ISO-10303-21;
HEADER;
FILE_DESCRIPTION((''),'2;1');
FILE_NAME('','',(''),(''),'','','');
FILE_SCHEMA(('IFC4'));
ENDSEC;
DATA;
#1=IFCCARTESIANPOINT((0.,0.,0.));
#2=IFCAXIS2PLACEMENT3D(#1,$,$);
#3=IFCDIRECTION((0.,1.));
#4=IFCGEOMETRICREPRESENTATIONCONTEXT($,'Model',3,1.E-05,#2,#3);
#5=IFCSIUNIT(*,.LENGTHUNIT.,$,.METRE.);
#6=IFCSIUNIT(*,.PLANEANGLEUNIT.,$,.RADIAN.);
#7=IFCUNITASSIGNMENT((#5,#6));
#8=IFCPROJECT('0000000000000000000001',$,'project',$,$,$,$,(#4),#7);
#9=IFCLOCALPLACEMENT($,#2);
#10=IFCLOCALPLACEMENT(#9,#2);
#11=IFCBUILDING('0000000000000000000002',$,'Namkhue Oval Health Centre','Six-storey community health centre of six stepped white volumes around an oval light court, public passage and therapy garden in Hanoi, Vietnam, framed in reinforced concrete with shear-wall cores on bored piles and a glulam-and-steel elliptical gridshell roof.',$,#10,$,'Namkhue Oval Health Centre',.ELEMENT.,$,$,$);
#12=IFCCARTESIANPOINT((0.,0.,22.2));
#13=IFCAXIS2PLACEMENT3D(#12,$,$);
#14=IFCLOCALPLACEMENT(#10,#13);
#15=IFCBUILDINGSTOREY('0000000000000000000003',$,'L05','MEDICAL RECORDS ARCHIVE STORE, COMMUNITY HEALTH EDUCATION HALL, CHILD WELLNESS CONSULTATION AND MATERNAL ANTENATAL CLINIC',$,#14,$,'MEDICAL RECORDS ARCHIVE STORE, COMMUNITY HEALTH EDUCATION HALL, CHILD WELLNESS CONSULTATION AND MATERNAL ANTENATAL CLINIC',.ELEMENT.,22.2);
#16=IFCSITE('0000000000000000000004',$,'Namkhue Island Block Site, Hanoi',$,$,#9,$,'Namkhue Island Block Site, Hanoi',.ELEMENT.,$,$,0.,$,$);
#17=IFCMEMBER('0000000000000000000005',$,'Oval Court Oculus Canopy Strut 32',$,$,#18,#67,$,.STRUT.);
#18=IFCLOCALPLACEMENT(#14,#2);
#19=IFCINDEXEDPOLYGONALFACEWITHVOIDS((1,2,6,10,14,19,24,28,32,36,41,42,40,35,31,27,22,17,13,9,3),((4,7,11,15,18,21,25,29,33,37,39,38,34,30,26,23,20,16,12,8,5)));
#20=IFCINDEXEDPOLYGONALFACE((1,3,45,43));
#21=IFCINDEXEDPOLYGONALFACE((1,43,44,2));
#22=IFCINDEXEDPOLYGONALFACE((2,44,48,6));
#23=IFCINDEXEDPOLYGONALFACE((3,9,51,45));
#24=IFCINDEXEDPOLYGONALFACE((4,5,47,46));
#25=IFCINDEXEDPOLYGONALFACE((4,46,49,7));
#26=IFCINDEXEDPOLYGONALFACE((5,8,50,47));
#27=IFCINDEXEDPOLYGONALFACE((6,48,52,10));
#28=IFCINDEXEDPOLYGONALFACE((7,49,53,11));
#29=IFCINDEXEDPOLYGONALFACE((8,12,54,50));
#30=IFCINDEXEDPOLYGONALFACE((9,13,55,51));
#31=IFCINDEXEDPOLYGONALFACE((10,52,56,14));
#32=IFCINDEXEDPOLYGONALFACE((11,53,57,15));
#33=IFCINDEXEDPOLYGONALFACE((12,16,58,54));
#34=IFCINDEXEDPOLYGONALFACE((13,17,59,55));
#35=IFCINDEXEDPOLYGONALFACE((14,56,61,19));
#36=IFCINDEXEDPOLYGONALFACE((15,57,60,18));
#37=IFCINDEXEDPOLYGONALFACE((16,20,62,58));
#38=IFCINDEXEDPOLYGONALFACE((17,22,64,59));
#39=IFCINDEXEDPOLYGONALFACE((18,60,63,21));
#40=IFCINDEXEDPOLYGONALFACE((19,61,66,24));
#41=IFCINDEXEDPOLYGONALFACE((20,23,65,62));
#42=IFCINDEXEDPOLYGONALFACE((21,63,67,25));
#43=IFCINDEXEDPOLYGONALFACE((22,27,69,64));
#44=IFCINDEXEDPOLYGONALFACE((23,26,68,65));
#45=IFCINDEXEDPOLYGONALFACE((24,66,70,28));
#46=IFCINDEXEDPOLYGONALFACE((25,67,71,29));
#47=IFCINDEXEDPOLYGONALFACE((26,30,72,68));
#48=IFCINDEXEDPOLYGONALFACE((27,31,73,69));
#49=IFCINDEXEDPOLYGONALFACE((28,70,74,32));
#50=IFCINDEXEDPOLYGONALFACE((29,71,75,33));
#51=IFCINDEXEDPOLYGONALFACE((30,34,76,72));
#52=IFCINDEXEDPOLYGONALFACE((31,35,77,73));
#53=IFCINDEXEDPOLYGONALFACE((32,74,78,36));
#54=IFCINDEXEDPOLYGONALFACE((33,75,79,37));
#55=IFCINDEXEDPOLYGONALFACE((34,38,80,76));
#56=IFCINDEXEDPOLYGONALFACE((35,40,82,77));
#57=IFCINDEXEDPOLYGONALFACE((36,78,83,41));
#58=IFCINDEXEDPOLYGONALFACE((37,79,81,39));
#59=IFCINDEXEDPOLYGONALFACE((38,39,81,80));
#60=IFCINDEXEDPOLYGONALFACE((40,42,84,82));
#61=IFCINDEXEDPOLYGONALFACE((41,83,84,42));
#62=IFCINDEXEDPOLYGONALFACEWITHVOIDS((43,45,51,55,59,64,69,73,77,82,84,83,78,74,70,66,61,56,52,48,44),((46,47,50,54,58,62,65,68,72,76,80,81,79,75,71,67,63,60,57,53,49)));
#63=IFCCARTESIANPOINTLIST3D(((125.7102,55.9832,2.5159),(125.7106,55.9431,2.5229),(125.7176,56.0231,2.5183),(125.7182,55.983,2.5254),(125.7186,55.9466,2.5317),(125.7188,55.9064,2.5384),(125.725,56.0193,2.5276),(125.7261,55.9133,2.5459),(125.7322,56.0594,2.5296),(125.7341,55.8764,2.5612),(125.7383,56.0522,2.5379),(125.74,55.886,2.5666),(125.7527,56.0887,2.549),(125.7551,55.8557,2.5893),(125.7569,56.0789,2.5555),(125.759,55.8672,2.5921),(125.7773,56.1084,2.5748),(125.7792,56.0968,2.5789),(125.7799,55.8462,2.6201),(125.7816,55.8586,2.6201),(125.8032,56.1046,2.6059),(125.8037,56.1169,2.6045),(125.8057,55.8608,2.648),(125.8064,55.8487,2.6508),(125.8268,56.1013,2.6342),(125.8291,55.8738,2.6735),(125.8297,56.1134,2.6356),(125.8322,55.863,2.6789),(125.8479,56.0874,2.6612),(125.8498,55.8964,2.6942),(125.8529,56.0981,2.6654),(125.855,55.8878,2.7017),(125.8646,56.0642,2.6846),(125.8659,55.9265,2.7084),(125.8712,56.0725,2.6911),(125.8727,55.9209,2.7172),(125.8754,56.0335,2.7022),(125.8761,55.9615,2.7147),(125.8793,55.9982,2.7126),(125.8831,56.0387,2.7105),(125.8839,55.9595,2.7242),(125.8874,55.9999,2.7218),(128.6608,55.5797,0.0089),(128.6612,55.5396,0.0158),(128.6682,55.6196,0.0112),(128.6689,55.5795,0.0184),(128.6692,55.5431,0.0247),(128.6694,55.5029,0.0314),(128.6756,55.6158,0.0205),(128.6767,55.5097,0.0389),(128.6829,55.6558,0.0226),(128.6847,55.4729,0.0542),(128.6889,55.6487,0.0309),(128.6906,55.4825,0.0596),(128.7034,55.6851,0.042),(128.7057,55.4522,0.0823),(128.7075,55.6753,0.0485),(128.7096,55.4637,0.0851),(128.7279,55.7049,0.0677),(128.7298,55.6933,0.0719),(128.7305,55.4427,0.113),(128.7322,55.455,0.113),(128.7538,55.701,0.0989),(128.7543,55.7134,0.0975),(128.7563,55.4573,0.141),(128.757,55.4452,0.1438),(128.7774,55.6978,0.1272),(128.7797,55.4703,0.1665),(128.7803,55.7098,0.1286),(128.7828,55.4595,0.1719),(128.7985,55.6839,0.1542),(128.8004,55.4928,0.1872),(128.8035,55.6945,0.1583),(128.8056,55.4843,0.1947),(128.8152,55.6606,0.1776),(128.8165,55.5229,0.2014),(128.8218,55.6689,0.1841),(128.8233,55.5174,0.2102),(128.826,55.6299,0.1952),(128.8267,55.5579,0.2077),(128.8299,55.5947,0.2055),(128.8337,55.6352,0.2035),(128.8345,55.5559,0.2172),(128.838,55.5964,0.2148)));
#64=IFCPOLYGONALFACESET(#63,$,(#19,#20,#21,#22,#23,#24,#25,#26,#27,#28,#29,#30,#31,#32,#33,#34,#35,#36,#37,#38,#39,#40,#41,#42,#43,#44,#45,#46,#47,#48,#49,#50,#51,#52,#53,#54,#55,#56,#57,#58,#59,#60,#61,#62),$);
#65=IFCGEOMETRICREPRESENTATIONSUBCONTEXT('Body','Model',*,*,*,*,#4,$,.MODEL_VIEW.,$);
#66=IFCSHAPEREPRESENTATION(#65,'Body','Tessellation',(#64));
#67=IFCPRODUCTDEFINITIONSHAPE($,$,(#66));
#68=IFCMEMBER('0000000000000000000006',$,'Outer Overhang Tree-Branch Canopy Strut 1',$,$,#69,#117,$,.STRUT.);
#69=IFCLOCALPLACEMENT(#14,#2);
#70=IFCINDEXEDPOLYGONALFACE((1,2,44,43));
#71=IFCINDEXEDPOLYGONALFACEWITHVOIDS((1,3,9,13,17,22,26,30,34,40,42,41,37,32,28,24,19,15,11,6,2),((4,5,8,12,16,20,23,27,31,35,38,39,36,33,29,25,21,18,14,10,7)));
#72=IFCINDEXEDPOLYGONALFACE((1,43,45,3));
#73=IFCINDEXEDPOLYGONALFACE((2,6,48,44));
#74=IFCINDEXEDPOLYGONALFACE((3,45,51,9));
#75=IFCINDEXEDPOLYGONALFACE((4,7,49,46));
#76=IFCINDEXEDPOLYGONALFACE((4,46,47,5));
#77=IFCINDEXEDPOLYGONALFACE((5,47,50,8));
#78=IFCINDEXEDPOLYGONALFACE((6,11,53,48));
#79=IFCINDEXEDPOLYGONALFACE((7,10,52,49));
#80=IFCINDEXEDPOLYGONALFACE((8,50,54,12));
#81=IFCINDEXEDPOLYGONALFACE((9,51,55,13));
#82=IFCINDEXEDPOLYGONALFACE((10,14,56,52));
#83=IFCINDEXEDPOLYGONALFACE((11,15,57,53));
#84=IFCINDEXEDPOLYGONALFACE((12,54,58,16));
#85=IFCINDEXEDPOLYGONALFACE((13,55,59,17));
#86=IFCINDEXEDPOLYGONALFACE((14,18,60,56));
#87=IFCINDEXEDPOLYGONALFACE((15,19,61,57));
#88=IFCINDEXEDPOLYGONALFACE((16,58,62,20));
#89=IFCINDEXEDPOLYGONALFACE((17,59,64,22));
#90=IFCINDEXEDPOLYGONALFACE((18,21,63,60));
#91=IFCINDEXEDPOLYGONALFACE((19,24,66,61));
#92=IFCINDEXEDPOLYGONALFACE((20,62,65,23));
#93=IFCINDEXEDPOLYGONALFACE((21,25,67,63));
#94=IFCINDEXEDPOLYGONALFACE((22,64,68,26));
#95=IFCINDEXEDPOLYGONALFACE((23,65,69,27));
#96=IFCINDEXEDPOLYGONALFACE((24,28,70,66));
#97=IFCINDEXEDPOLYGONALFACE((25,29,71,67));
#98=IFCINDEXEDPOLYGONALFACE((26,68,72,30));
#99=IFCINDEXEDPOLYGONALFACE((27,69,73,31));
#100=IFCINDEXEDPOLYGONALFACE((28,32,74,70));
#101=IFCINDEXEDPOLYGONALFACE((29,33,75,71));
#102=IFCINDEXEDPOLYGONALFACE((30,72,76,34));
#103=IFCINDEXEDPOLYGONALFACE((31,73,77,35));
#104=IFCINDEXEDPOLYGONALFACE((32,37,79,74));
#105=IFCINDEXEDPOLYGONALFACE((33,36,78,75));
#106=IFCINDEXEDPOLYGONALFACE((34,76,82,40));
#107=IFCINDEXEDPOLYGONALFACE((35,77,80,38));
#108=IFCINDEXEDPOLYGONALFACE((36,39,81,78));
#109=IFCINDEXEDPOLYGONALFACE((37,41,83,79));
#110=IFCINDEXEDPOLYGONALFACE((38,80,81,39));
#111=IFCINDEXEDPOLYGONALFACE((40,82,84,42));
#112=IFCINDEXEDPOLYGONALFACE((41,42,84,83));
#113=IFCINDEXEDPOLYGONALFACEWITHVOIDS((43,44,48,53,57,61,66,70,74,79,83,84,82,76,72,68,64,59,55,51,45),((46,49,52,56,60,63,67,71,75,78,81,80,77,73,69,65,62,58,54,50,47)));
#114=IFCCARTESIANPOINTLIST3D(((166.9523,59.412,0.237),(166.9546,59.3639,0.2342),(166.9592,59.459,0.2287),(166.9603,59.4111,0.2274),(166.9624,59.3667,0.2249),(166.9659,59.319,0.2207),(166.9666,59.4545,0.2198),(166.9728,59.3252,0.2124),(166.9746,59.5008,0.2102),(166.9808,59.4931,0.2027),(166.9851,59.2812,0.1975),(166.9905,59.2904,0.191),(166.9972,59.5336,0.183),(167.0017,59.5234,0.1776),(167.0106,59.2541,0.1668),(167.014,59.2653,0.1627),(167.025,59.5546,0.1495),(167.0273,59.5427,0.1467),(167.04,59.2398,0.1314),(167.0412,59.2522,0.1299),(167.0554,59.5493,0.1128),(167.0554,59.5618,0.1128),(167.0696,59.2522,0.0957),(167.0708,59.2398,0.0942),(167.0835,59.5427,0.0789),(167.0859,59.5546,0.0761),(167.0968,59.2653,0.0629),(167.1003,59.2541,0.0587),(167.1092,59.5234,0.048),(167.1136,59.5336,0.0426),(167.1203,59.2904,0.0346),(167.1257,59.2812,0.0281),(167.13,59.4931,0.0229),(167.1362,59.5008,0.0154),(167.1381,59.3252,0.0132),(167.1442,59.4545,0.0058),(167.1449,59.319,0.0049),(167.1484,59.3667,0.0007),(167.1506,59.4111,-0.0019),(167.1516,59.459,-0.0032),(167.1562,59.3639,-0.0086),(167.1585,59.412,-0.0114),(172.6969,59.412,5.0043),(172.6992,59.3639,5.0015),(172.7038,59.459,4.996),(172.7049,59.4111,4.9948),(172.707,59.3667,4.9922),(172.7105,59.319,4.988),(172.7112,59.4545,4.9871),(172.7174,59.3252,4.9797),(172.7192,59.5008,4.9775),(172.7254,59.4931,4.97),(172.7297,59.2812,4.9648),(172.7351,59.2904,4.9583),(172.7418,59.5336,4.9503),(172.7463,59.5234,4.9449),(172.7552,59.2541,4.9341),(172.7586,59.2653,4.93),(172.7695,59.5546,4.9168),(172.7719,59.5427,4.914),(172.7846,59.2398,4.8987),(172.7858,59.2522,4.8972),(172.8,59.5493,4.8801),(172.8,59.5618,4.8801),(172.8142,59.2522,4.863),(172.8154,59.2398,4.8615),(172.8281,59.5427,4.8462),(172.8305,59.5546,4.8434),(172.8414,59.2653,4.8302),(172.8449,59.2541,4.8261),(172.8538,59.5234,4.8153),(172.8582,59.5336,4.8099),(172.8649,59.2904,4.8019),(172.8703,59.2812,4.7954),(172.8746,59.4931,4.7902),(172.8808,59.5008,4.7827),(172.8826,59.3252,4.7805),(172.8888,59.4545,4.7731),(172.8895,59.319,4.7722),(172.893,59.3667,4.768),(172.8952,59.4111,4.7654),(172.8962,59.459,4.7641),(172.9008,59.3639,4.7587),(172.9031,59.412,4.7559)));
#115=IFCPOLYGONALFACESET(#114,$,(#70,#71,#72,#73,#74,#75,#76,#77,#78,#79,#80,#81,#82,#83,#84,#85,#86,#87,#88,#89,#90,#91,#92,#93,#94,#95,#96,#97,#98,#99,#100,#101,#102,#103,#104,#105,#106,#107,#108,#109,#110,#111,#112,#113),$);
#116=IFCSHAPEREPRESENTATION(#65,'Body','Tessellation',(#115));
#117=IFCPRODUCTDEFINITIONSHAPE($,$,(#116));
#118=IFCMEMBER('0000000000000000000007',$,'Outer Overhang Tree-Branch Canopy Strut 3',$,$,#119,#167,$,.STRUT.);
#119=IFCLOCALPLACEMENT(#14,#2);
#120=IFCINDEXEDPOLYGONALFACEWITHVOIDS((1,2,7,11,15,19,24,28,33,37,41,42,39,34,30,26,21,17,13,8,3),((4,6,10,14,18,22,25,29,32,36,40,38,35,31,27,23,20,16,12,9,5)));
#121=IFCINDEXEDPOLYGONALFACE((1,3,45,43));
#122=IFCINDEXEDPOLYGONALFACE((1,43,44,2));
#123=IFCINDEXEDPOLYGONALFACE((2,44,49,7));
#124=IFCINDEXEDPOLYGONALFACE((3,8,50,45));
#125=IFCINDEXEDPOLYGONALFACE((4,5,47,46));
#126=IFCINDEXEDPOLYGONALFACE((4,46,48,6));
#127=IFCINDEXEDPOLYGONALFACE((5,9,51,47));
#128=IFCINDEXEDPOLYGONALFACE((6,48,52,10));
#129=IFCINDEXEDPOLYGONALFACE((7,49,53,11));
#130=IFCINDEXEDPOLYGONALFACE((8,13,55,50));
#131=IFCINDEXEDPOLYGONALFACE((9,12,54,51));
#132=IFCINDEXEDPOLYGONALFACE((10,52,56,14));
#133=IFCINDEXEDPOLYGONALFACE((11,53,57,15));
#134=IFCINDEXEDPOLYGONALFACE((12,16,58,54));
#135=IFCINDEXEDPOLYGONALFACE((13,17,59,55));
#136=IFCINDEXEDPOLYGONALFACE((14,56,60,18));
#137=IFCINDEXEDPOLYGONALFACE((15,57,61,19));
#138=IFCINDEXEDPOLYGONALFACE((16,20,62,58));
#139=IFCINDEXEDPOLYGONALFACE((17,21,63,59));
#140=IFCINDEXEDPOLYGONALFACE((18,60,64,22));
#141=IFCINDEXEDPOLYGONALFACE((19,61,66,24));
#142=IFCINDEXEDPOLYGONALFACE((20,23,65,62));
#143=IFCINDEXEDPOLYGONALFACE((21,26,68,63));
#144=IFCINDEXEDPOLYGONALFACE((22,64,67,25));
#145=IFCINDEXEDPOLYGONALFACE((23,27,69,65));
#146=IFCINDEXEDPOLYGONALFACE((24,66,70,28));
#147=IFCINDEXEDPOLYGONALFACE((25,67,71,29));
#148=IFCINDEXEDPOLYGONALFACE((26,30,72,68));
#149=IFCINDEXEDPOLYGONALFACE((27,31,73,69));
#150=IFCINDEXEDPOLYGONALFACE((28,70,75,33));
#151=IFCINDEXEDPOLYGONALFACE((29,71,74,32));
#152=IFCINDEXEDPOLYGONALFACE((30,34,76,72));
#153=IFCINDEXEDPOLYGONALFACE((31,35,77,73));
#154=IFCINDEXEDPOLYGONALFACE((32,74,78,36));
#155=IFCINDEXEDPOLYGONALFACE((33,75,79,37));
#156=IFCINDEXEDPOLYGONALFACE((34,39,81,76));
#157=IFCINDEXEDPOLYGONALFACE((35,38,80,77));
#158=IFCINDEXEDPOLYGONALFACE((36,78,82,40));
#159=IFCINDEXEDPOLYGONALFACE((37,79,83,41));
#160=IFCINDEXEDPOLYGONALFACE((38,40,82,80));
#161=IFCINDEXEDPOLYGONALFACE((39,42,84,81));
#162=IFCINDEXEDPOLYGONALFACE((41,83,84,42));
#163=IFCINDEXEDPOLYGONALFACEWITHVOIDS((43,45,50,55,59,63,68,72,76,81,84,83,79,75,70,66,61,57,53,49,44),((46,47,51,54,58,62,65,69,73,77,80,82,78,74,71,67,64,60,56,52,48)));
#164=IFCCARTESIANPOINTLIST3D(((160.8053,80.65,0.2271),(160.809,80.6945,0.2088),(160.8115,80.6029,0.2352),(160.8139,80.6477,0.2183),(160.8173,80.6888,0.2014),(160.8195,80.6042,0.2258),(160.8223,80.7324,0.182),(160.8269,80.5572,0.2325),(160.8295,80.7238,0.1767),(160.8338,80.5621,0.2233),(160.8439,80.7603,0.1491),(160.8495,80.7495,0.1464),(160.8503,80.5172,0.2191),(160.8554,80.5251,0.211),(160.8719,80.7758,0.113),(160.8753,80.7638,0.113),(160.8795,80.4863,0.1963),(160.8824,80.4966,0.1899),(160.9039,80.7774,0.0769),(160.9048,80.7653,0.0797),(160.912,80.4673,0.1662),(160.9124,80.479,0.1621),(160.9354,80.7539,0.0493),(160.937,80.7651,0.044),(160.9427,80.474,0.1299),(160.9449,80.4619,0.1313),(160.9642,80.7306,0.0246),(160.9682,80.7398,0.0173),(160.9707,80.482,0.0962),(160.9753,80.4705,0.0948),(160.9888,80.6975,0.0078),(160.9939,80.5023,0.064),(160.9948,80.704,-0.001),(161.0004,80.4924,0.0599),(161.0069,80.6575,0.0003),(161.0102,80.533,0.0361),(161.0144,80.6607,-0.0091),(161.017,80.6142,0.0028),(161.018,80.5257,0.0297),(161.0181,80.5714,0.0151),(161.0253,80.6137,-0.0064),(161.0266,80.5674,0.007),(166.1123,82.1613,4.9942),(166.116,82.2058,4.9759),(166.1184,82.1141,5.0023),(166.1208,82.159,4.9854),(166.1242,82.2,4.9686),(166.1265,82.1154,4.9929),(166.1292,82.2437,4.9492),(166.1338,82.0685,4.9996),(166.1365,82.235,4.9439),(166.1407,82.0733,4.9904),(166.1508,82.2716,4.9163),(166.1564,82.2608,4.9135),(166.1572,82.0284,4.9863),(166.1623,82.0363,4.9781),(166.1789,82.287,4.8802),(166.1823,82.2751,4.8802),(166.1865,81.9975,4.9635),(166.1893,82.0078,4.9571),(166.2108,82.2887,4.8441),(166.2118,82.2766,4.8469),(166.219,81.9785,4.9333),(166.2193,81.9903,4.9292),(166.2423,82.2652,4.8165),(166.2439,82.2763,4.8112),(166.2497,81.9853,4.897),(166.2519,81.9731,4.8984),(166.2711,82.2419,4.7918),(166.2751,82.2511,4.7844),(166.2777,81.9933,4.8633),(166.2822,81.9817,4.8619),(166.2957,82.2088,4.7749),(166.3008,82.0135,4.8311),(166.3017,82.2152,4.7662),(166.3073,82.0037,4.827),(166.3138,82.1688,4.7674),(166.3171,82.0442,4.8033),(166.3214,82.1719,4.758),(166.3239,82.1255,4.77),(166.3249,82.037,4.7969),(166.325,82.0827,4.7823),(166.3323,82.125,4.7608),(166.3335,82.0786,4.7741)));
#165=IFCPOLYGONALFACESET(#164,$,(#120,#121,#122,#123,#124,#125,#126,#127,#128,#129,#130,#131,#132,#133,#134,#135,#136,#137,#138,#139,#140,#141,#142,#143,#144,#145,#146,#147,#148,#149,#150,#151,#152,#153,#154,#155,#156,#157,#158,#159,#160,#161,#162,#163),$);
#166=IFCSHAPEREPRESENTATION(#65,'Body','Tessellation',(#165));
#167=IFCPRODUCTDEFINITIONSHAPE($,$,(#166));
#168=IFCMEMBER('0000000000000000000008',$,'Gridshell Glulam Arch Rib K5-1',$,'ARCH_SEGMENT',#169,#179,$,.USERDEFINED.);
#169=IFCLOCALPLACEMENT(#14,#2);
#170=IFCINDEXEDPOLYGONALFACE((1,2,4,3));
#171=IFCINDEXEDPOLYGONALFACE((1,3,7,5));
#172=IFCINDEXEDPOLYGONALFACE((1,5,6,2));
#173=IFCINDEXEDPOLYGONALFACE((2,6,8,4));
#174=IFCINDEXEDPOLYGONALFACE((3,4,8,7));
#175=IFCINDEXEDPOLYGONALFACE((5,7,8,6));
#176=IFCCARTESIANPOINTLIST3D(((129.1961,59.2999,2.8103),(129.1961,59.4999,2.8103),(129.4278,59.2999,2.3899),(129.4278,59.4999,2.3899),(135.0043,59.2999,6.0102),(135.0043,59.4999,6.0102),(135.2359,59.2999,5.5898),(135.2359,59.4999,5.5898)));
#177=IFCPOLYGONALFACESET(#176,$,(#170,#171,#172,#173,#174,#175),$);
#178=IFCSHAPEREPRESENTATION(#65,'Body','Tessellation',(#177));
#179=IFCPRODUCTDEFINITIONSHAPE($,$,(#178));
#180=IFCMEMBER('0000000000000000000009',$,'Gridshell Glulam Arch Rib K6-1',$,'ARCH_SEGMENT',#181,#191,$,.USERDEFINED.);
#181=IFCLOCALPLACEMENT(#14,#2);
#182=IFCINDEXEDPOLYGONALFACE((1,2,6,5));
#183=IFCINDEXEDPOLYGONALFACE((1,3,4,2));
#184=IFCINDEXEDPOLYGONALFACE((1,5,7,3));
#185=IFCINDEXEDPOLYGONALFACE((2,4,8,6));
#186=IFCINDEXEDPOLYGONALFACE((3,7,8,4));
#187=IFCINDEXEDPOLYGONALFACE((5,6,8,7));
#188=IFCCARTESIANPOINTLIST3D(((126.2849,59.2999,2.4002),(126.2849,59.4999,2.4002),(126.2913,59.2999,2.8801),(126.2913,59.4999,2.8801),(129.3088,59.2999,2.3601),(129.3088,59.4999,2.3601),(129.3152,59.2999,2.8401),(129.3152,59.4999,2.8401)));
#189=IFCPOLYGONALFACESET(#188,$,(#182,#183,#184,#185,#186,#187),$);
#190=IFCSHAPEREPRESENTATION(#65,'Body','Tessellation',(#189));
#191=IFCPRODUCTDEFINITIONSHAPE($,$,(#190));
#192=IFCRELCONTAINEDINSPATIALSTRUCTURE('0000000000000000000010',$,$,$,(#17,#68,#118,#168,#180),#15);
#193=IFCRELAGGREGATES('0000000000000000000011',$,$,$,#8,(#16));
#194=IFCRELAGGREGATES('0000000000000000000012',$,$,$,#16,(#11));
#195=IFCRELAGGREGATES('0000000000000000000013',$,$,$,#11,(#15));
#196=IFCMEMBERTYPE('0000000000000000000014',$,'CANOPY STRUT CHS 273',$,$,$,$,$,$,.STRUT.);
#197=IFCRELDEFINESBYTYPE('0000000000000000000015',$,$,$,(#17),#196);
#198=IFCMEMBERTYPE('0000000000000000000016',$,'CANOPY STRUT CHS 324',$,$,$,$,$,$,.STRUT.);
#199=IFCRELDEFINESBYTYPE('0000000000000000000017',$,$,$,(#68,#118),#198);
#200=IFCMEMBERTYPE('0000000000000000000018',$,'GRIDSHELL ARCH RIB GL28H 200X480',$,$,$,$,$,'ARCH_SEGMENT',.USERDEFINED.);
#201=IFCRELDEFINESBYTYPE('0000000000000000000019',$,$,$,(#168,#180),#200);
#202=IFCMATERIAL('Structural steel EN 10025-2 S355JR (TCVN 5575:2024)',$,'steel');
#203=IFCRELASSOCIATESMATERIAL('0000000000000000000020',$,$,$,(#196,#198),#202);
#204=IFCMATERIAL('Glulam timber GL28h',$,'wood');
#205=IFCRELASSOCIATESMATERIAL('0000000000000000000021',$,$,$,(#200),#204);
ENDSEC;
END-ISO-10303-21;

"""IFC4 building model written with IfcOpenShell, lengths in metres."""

from ifc_helpers import new_model, si_unit, direction, frame, origin, origin_2d, place, context, subcontext, project, spatial, rectangle, hollow_circle, extrude, material, material_profile, profile_set, type_object, element, save


model = new_model("IFC4")

# Units and contexts
model_context = context("Model", 3, precision=1e-05, world=origin(), true_north=direction((0.0, 1.0)))
body_context = subcontext(model_context, "Body", "Model", "MODEL_VIEW")
ifc_project = project(units=[si_unit("LENGTHUNIT", "METRE"), si_unit("PLANEANGLEUNIT", "RADIAN")], contexts=[model_context])

# Site, building, storey
site_placement = place(None, origin())
site = spatial("IfcSite", under=ifc_project, at=site_placement, Name="Namkhue Island Block Site, Hanoi", LongName="Namkhue Island Block Site, Hanoi", CompositionType="ELEMENT", RefElevation=0.0)
building_placement = place(site_placement, origin())
building = spatial("IfcBuilding", under=site, at=building_placement, Name="Namkhue Oval Health Centre", Description="Six-storey community health centre of six stepped white volumes around an oval light court, public passage and therapy garden in Hanoi, Vietnam, framed in reinforced concrete with shear-wall cores on bored piles and a glulam-and-steel elliptical gridshell roof.", LongName="Namkhue Oval Health Centre", CompositionType="ELEMENT")
storey_placement = place(building_placement, frame((0.0, 0.0, 22.2)))
storey = spatial("IfcBuildingStorey", under=building, at=storey_placement, Name="L05", Description="MEDICAL RECORDS ARCHIVE STORE, COMMUNITY HEALTH EDUCATION HALL, CHILD WELLNESS CONSULTATION AND MATERNAL ANTENATAL CLINIC", LongName="MEDICAL RECORDS ARCHIVE STORE, COMMUNITY HEALTH EDUCATION HALL, CHILD WELLNESS CONSULTATION AND MATERNAL ANTENATAL CLINIC", CompositionType="ELEMENT", Elevation=22.2)

# Members
ifc_material_1 = material(Name="Structural steel EN 10025-2 S355JR (TCVN 5575:2024)", Category="steel")
ifc_material_profile_1 = material_profile(ifc_material_1, hollow_circle(Radius=0.1365, WallThickness=0.0125, at=origin_2d()), Name="CHS 273x12.5")
ifc_profile_set_1 = profile_set([ifc_material_profile_1], Name="Structural steel EN 10025-2 S355JR (TCVN 5575:2024)")
member_type_1 = type_object("IfcMemberType", Name="CANOPY STRUT CHS 273", PredefinedType="STRUT", material=ifc_profile_set_1)
for number, where, z_axis, x_axis, name in (
    (1, (128.749, 55.5779, 0.113), (-0.757961, 0.103666, 0.64401), (-0.135508, -0.990776, 0.0), "Oval Court Oculus Canopy Strut 32"),
):
    element("IfcMember", number, at=place(storey_placement, frame(where, z_axis=z_axis, x_axis=x_axis)), inside=storey, type_object=member_type_1, Name=name, PredefinedType="STRUT", context=body_context, shape_type="SweptSolid", body=[
        extrude(hollow_circle(Radius=0.1365, WallThickness=0.0125, at=origin_2d()), origin(), (0.0, 0.0, 1.0), 3.8928),
    ])
ifc_material_profile_2 = material_profile(ifc_material_1, hollow_circle(Radius=0.1619, WallThickness=0.0125, at=origin_2d()), Name="CHS 323.9x12.5")
ifc_profile_set_2 = profile_set([ifc_material_profile_2], Name="Structural steel EN 10025-2 S355JR (TCVN 5575:2024)")
member_type_2 = type_object("IfcMemberType", Name="CANOPY STRUT CHS 324", PredefinedType="STRUT", material=ifc_profile_set_2)
member_1_placement = place(storey_placement, frame((167.0554, 59.3999, 0.1128), z_axis=(0.769528, 0.0, 0.638613), x_axis=(0.0, 1.0, 0.0)))
element("IfcMember", 2, at=member_1_placement, inside=storey, type_object=member_type_2, Name="Outer Overhang Tree-Branch Canopy Strut 1", PredefinedType="STRUT", context=body_context, shape_type="SweptSolid", body=[
    extrude(hollow_circle(Radius=0.1619, WallThickness=0.0125, at=origin_2d()), origin(), (0.0, 0.0, 1.0), 7.4651),
])
member_2_placement = place(storey_placement, frame((160.9163, 80.6201, 0.113), z_axis=(0.727777, 0.207247, 0.65375), x_axis=(-0.27388, 0.961764, 0.0)))
element("IfcMember", 3, at=member_2_placement, inside=storey, type_object=member_type_2, Name="Outer Overhang Tree-Branch Canopy Strut 3", PredefinedType="STRUT", context=body_context, shape_type="SweptSolid", body=[
    extrude(hollow_circle(Radius=0.1619, WallThickness=0.0125, at=origin_2d()), origin(), (0.0, 0.0, 1.0), 7.292),
])
ifc_material_2 = material(Name="Glulam timber GL28h", Category="wood")
ifc_material_profile_3 = material_profile(ifc_material_2, rectangle(XDim=0.2, YDim=0.48, at=origin_2d()), Name="GL28h 200x480")
ifc_profile_set_3 = profile_set([ifc_material_profile_3], Name="Glulam timber GL28h")
member_type_3 = type_object("IfcMemberType", Name="GRIDSHELL ARCH RIB GL28H 200X480", ElementType="ARCH_SEGMENT", PredefinedType="USERDEFINED", material=ifc_profile_set_3)
member_3_placement = place(storey_placement, frame((135.1201, 59.3999, 5.8), z_axis=(-0.875866, 0.0, -0.482555), x_axis=(0.0, -1.0, 0.0)))
element("IfcMember", 4, at=member_3_placement, inside=storey, type_object=member_type_3, Name="Gridshell Glulam Arch Rib K5-1", ObjectType="ARCH_SEGMENT", PredefinedType="USERDEFINED", context=body_context, shape_type="SweptSolid", body=[
    extrude(rectangle(XDim=0.2, YDim=0.48, at=origin_2d()), origin(), (0.0, 0.0, 1.0), 6.6313),
])
member_4_placement = place(storey_placement, frame((129.312, 59.3999, 2.6001), z_axis=(-0.999912, 0.0, 0.01324), x_axis=(0.0, -1.0, 0.0)))
element("IfcMember", 5, at=member_4_placement, inside=storey, type_object=member_type_3, Name="Gridshell Glulam Arch Rib K6-1", ObjectType="ARCH_SEGMENT", PredefinedType="USERDEFINED", context=body_context, shape_type="SweptSolid", body=[
    extrude(rectangle(XDim=0.2, YDim=0.48, at=origin_2d()), origin(), (0.0, 0.0, 1.0), 3.0242),
])

save(model, "model.ifc")
